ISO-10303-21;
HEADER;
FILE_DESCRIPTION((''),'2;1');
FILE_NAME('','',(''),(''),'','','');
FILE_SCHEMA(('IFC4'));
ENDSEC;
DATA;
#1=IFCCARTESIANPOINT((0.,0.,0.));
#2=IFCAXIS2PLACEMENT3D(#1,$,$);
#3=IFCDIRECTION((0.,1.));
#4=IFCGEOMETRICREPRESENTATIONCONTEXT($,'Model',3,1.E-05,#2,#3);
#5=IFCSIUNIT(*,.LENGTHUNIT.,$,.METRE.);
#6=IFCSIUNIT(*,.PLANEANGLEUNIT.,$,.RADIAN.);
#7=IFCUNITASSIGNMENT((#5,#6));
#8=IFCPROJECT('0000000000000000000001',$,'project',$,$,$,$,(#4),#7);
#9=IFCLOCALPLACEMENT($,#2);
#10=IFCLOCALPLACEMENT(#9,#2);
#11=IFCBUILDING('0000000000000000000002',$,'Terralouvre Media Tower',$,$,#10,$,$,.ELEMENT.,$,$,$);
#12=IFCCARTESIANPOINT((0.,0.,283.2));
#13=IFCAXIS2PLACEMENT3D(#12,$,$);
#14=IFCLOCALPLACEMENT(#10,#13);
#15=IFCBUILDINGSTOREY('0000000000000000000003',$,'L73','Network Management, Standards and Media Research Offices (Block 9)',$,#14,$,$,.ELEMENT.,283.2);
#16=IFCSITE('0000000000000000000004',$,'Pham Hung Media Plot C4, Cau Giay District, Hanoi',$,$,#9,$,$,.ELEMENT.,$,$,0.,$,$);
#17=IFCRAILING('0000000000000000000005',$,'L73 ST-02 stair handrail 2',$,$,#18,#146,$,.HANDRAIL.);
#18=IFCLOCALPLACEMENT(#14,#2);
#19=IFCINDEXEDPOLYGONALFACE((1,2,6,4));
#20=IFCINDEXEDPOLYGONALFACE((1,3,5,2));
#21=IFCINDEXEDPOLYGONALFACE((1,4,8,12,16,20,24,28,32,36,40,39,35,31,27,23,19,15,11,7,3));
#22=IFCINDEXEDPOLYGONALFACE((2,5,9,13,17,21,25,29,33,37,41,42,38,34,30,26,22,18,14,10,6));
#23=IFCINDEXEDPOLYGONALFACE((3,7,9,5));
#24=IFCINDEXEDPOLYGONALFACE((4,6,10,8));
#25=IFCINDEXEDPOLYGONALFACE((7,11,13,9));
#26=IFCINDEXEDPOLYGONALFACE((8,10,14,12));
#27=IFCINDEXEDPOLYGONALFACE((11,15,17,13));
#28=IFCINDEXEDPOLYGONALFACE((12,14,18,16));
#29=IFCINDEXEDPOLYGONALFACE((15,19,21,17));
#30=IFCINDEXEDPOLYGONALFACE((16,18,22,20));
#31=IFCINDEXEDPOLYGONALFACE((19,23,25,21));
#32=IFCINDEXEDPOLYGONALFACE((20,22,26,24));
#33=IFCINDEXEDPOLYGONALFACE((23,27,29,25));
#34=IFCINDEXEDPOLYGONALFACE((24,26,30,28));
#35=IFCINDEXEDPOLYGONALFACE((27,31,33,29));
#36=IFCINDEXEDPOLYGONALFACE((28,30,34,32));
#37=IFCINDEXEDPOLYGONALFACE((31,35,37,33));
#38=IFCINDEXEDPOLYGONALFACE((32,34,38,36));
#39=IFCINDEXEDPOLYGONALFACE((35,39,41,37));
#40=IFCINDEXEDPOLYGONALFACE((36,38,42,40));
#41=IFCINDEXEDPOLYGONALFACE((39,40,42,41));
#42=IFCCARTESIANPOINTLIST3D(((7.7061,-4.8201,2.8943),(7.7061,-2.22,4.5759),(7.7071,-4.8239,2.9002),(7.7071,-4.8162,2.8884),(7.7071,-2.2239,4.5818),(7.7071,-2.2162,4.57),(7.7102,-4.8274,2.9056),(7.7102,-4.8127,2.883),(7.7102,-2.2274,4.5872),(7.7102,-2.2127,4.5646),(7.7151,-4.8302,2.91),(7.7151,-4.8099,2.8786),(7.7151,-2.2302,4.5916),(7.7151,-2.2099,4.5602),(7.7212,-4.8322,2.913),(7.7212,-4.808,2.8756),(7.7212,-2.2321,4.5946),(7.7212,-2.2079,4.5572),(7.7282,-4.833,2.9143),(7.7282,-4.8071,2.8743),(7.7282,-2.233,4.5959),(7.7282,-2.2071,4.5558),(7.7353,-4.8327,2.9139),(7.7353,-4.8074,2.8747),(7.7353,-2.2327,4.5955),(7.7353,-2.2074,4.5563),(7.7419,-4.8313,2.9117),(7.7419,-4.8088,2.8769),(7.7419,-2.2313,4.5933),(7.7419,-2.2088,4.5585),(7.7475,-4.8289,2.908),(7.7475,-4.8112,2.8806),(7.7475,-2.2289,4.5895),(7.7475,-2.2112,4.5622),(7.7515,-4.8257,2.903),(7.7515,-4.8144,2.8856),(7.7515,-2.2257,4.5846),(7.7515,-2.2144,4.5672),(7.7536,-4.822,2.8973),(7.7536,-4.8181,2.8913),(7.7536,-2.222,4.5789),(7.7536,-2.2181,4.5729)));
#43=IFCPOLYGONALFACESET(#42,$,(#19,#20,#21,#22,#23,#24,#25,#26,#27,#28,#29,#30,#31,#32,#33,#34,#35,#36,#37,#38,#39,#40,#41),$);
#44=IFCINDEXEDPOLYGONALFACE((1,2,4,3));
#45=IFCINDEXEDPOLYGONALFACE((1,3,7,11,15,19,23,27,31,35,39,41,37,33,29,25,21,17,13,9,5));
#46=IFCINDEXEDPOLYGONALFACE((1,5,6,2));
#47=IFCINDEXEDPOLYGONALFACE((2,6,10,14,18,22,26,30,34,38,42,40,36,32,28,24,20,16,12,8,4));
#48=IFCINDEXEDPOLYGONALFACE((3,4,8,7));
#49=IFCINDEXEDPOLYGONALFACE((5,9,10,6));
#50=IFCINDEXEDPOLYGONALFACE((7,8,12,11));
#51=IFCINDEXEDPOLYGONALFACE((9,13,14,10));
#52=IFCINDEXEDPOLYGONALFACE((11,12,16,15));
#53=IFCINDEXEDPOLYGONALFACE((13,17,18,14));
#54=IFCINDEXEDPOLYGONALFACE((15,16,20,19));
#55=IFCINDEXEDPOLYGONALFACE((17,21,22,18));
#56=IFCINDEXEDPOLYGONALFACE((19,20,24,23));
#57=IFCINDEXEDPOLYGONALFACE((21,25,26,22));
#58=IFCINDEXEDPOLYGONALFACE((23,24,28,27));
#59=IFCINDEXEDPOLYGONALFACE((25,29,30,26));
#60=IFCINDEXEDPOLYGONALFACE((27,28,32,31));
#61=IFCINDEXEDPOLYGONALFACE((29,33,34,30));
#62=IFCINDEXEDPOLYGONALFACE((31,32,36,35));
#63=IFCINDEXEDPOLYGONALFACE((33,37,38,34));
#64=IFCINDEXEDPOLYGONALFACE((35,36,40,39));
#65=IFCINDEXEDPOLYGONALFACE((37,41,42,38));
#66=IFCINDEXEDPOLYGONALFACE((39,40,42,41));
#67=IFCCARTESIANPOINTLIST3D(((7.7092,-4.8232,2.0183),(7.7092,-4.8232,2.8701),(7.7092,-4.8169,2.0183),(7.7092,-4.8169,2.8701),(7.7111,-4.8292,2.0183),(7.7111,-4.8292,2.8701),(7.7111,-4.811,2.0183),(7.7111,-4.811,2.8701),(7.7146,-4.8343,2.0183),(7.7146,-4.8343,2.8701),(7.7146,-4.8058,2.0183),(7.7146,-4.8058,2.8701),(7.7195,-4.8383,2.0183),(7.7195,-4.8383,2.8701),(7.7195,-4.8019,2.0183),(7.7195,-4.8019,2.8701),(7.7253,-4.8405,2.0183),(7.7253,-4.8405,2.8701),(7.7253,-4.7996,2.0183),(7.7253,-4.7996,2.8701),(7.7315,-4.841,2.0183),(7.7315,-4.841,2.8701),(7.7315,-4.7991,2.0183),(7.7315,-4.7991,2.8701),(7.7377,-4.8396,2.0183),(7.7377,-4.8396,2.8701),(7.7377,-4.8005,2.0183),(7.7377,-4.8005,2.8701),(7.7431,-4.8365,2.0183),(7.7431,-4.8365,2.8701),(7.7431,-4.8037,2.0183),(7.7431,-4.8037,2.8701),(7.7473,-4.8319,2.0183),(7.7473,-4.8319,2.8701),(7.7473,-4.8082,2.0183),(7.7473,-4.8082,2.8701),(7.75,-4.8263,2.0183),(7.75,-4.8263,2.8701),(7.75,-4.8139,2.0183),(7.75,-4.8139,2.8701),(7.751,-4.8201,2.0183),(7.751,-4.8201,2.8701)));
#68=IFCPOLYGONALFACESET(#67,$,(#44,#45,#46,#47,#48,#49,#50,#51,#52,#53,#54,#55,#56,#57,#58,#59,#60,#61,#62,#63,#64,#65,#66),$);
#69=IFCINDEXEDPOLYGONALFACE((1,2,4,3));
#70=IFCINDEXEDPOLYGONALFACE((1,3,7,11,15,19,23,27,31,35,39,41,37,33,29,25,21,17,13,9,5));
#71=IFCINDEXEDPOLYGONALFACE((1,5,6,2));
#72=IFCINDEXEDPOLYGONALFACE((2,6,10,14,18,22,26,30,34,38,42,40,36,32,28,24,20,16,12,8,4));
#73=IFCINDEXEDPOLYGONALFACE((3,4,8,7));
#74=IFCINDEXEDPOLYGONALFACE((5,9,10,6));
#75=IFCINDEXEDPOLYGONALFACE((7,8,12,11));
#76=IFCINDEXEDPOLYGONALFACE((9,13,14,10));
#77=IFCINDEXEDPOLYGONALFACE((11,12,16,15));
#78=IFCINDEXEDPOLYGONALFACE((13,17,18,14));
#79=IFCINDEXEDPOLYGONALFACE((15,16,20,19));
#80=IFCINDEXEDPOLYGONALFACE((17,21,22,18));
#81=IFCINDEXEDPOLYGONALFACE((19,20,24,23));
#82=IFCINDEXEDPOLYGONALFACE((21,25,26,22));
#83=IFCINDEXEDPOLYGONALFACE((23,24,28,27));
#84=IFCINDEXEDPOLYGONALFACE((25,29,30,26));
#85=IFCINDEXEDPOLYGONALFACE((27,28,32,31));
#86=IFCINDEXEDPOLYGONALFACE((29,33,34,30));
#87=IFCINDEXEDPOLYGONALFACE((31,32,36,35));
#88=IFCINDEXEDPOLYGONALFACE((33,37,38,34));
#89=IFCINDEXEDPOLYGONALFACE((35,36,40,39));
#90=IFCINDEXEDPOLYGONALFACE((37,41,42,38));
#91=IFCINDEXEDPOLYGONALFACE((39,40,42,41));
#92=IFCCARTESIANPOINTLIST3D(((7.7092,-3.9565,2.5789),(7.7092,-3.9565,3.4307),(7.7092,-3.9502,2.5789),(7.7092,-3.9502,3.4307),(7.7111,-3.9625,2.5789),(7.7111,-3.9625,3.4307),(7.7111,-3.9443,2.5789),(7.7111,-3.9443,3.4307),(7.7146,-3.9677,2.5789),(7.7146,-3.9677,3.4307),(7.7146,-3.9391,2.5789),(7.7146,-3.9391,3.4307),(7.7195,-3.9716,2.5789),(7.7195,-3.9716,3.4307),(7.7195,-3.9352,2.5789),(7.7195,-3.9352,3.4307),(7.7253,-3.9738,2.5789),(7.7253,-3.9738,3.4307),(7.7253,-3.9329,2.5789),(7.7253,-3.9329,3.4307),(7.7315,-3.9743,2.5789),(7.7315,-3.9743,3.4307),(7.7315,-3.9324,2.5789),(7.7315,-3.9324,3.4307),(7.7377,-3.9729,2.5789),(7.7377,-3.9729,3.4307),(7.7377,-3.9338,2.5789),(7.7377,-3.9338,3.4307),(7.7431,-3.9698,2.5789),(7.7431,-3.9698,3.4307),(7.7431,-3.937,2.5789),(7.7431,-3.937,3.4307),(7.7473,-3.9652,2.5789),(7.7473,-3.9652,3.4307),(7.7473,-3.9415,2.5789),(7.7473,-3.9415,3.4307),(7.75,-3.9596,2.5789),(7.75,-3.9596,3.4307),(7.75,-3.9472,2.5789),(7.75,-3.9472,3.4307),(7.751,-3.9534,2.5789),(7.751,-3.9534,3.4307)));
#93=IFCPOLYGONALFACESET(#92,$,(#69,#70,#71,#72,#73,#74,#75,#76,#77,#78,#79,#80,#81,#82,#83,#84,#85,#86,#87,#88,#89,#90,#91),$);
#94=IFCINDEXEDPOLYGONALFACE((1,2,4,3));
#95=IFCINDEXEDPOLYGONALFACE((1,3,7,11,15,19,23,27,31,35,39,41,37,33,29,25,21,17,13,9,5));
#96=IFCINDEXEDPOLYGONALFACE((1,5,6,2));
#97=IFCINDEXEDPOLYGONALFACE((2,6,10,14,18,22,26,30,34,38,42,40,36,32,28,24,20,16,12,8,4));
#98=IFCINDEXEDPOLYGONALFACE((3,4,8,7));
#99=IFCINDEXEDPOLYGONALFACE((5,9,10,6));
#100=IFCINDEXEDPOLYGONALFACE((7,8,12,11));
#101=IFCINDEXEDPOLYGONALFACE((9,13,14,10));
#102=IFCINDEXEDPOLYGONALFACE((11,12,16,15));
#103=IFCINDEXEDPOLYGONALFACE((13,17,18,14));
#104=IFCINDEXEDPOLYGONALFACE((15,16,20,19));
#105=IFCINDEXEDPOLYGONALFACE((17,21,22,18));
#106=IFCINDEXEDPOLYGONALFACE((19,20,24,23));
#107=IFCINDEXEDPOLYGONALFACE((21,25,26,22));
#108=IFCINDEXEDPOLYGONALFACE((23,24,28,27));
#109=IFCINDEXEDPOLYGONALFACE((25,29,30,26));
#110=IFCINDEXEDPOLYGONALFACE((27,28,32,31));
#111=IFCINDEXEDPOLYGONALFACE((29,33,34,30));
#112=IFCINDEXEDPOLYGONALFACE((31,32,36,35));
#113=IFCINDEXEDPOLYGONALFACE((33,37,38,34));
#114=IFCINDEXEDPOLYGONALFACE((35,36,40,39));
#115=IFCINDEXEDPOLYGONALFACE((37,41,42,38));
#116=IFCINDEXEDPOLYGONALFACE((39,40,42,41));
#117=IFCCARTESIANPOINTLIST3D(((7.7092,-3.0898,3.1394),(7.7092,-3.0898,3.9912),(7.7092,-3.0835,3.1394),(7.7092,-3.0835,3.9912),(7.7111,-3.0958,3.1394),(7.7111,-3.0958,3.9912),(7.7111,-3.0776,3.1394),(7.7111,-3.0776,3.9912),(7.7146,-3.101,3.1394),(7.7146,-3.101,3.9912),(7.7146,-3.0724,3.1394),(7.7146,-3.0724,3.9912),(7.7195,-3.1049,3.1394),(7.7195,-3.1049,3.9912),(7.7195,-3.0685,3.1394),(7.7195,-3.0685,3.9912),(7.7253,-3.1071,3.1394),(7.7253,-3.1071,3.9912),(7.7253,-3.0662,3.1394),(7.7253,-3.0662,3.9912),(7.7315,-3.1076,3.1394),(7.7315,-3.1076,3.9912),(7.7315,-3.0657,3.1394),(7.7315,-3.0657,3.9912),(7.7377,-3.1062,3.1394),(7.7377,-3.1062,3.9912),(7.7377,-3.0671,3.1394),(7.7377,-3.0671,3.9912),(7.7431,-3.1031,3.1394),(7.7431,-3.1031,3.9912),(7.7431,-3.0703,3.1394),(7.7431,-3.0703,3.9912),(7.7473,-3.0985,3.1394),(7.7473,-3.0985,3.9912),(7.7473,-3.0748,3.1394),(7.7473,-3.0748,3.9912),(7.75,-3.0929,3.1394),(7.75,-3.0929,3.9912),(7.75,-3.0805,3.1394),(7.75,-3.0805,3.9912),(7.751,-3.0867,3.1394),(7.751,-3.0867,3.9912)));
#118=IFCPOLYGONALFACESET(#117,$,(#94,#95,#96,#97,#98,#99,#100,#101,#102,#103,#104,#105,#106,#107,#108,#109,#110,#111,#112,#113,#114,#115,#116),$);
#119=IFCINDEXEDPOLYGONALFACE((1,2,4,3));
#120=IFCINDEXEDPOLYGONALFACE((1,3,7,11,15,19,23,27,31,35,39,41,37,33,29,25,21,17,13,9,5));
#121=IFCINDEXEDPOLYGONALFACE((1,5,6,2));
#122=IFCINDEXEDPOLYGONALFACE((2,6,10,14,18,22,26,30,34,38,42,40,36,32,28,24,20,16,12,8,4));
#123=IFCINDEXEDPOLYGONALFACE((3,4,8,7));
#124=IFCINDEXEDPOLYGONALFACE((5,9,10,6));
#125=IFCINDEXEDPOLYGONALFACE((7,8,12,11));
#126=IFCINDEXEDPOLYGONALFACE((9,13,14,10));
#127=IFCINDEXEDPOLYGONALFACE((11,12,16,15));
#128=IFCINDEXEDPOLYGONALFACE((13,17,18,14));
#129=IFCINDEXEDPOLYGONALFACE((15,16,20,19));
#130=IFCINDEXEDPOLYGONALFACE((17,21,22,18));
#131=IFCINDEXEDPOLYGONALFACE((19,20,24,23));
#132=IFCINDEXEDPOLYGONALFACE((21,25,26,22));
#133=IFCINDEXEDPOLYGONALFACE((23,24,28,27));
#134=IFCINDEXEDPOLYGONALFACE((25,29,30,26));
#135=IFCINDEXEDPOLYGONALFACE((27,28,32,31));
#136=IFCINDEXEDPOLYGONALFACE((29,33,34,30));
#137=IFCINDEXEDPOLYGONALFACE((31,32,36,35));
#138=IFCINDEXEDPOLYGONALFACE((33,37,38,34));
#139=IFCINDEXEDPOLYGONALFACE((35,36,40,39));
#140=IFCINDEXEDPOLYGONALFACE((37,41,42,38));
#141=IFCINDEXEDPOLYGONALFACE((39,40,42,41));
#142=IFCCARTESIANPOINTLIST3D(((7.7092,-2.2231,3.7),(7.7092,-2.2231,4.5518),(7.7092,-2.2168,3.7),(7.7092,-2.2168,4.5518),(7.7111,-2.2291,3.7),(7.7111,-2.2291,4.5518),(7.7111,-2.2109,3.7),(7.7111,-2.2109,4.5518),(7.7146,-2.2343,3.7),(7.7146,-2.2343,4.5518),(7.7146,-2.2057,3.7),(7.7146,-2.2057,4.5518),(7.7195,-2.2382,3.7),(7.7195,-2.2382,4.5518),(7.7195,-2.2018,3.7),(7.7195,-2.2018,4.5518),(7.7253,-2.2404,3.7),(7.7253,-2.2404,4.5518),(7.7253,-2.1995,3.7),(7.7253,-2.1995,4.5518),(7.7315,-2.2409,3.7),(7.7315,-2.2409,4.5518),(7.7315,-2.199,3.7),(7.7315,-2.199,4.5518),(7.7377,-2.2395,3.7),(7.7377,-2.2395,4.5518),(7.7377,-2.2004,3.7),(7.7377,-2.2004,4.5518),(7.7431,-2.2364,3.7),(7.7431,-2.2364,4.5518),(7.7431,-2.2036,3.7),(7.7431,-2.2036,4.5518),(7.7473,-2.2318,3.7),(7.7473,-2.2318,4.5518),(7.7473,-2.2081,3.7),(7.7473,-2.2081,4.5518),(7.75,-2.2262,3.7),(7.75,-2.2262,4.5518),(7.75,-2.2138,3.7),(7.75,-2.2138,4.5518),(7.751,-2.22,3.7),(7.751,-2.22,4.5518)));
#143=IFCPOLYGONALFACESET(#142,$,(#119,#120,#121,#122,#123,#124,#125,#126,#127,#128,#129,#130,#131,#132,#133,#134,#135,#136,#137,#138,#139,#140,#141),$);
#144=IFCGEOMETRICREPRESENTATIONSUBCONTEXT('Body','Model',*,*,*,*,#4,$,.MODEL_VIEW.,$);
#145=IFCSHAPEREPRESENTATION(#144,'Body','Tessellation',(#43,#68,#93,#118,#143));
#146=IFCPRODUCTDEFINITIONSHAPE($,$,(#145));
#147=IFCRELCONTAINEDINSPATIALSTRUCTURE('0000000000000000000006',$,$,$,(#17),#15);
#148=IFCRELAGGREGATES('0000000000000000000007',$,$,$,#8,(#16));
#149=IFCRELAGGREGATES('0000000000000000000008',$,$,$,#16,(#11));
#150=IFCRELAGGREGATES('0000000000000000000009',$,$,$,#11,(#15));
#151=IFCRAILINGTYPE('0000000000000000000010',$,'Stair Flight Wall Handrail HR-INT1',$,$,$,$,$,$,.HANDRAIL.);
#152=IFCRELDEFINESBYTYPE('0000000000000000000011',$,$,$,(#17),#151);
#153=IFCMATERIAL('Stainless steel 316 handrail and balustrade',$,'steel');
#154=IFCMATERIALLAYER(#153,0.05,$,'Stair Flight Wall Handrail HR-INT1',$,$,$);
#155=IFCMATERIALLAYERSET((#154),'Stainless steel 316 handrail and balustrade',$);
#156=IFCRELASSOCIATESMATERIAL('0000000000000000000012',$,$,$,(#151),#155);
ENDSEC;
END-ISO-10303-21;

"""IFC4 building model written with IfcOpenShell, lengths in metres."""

from ifc_helpers import new_model, si_unit, direction, frame, origin, origin_2d, place, context, subcontext, project, spatial, circle, extrude, material, layer, layer_set, type_object, element, save


model = new_model("IFC4")

# Units and contexts
model_context = context("Model", 3, precision=1e-05, world=origin(), true_north=direction((0.0, 1.0)))
body_context = subcontext(model_context, "Body", "Model", "MODEL_VIEW")
ifc_project = project(units=[si_unit("LENGTHUNIT", "METRE"), si_unit("PLANEANGLEUNIT", "RADIAN")], contexts=[model_context])

# Site, building, storey
site_placement = place(None, origin())
site = spatial("IfcSite", under=ifc_project, at=site_placement, Name="Pham Hung Media Plot C4, Cau Giay District, Hanoi", CompositionType="ELEMENT", RefElevation=0.0)
building_placement = place(site_placement, origin())
building = spatial("IfcBuilding", under=site, at=building_placement, Name="Terralouvre Media Tower", CompositionType="ELEMENT")
storey_placement = place(building_placement, frame((0.0, 0.0, 283.2)))
storey = spatial("IfcBuildingStorey", under=building, at=storey_placement, Name="L73", Description="Network Management, Standards and Media Research Offices (Block 9)", CompositionType="ELEMENT", Elevation=283.2)

# Railing
ifc_material_1 = material(Name="Stainless steel 316 handrail and balustrade", Category="steel")
ifc_layer_1 = layer(ifc_material_1, 0.05, Name="Stair Flight Wall Handrail HR-INT1")
ifc_layer_set_1 = layer_set([ifc_layer_1], Name="Stainless steel 316 handrail and balustrade")
railing_type_1 = type_object("IfcRailingType", Name="Stair Flight Wall Handrail HR-INT1", PredefinedType="HANDRAIL", material=ifc_layer_set_1)
railing_1_placement = place(storey_placement, frame((7.73, -4.8201, 2.0183)))
element("IfcRailing", 1, at=railing_1_placement, inside=storey, type_object=railing_type_1, Name="L73 ST-02 stair handrail 2", PredefinedType="HANDRAIL", context=body_context, shape_type="SweptSolid", body=[
    extrude(circle(Radius=0.0239, at=origin_2d()), frame((0.0, 0.0, 0.876), z_axis=(0.0, 0.839684, 0.543075), x_axis=(-1.0, 0.0, 0.0)), (0.0, 0.0, 1.0), 3.0964),
    extrude(circle(Radius=0.021, at=origin_2d()), origin(), (0.0, 0.0, 1.0), 0.8518),
    extrude(circle(Radius=0.021, at=origin_2d()), frame((0.0, 0.8667, 0.5605)), (0.0, 0.0, 1.0), 0.8518),
    extrude(circle(Radius=0.021, at=origin_2d()), frame((0.0, 1.7334, 1.1211)), (0.0, 0.0, 1.0), 0.8518),
    extrude(circle(Radius=0.021, at=origin_2d()), frame((0.0, 2.6001, 1.6816)), (0.0, 0.0, 1.0), 0.8518),
])

save(model, "model.ifc")
